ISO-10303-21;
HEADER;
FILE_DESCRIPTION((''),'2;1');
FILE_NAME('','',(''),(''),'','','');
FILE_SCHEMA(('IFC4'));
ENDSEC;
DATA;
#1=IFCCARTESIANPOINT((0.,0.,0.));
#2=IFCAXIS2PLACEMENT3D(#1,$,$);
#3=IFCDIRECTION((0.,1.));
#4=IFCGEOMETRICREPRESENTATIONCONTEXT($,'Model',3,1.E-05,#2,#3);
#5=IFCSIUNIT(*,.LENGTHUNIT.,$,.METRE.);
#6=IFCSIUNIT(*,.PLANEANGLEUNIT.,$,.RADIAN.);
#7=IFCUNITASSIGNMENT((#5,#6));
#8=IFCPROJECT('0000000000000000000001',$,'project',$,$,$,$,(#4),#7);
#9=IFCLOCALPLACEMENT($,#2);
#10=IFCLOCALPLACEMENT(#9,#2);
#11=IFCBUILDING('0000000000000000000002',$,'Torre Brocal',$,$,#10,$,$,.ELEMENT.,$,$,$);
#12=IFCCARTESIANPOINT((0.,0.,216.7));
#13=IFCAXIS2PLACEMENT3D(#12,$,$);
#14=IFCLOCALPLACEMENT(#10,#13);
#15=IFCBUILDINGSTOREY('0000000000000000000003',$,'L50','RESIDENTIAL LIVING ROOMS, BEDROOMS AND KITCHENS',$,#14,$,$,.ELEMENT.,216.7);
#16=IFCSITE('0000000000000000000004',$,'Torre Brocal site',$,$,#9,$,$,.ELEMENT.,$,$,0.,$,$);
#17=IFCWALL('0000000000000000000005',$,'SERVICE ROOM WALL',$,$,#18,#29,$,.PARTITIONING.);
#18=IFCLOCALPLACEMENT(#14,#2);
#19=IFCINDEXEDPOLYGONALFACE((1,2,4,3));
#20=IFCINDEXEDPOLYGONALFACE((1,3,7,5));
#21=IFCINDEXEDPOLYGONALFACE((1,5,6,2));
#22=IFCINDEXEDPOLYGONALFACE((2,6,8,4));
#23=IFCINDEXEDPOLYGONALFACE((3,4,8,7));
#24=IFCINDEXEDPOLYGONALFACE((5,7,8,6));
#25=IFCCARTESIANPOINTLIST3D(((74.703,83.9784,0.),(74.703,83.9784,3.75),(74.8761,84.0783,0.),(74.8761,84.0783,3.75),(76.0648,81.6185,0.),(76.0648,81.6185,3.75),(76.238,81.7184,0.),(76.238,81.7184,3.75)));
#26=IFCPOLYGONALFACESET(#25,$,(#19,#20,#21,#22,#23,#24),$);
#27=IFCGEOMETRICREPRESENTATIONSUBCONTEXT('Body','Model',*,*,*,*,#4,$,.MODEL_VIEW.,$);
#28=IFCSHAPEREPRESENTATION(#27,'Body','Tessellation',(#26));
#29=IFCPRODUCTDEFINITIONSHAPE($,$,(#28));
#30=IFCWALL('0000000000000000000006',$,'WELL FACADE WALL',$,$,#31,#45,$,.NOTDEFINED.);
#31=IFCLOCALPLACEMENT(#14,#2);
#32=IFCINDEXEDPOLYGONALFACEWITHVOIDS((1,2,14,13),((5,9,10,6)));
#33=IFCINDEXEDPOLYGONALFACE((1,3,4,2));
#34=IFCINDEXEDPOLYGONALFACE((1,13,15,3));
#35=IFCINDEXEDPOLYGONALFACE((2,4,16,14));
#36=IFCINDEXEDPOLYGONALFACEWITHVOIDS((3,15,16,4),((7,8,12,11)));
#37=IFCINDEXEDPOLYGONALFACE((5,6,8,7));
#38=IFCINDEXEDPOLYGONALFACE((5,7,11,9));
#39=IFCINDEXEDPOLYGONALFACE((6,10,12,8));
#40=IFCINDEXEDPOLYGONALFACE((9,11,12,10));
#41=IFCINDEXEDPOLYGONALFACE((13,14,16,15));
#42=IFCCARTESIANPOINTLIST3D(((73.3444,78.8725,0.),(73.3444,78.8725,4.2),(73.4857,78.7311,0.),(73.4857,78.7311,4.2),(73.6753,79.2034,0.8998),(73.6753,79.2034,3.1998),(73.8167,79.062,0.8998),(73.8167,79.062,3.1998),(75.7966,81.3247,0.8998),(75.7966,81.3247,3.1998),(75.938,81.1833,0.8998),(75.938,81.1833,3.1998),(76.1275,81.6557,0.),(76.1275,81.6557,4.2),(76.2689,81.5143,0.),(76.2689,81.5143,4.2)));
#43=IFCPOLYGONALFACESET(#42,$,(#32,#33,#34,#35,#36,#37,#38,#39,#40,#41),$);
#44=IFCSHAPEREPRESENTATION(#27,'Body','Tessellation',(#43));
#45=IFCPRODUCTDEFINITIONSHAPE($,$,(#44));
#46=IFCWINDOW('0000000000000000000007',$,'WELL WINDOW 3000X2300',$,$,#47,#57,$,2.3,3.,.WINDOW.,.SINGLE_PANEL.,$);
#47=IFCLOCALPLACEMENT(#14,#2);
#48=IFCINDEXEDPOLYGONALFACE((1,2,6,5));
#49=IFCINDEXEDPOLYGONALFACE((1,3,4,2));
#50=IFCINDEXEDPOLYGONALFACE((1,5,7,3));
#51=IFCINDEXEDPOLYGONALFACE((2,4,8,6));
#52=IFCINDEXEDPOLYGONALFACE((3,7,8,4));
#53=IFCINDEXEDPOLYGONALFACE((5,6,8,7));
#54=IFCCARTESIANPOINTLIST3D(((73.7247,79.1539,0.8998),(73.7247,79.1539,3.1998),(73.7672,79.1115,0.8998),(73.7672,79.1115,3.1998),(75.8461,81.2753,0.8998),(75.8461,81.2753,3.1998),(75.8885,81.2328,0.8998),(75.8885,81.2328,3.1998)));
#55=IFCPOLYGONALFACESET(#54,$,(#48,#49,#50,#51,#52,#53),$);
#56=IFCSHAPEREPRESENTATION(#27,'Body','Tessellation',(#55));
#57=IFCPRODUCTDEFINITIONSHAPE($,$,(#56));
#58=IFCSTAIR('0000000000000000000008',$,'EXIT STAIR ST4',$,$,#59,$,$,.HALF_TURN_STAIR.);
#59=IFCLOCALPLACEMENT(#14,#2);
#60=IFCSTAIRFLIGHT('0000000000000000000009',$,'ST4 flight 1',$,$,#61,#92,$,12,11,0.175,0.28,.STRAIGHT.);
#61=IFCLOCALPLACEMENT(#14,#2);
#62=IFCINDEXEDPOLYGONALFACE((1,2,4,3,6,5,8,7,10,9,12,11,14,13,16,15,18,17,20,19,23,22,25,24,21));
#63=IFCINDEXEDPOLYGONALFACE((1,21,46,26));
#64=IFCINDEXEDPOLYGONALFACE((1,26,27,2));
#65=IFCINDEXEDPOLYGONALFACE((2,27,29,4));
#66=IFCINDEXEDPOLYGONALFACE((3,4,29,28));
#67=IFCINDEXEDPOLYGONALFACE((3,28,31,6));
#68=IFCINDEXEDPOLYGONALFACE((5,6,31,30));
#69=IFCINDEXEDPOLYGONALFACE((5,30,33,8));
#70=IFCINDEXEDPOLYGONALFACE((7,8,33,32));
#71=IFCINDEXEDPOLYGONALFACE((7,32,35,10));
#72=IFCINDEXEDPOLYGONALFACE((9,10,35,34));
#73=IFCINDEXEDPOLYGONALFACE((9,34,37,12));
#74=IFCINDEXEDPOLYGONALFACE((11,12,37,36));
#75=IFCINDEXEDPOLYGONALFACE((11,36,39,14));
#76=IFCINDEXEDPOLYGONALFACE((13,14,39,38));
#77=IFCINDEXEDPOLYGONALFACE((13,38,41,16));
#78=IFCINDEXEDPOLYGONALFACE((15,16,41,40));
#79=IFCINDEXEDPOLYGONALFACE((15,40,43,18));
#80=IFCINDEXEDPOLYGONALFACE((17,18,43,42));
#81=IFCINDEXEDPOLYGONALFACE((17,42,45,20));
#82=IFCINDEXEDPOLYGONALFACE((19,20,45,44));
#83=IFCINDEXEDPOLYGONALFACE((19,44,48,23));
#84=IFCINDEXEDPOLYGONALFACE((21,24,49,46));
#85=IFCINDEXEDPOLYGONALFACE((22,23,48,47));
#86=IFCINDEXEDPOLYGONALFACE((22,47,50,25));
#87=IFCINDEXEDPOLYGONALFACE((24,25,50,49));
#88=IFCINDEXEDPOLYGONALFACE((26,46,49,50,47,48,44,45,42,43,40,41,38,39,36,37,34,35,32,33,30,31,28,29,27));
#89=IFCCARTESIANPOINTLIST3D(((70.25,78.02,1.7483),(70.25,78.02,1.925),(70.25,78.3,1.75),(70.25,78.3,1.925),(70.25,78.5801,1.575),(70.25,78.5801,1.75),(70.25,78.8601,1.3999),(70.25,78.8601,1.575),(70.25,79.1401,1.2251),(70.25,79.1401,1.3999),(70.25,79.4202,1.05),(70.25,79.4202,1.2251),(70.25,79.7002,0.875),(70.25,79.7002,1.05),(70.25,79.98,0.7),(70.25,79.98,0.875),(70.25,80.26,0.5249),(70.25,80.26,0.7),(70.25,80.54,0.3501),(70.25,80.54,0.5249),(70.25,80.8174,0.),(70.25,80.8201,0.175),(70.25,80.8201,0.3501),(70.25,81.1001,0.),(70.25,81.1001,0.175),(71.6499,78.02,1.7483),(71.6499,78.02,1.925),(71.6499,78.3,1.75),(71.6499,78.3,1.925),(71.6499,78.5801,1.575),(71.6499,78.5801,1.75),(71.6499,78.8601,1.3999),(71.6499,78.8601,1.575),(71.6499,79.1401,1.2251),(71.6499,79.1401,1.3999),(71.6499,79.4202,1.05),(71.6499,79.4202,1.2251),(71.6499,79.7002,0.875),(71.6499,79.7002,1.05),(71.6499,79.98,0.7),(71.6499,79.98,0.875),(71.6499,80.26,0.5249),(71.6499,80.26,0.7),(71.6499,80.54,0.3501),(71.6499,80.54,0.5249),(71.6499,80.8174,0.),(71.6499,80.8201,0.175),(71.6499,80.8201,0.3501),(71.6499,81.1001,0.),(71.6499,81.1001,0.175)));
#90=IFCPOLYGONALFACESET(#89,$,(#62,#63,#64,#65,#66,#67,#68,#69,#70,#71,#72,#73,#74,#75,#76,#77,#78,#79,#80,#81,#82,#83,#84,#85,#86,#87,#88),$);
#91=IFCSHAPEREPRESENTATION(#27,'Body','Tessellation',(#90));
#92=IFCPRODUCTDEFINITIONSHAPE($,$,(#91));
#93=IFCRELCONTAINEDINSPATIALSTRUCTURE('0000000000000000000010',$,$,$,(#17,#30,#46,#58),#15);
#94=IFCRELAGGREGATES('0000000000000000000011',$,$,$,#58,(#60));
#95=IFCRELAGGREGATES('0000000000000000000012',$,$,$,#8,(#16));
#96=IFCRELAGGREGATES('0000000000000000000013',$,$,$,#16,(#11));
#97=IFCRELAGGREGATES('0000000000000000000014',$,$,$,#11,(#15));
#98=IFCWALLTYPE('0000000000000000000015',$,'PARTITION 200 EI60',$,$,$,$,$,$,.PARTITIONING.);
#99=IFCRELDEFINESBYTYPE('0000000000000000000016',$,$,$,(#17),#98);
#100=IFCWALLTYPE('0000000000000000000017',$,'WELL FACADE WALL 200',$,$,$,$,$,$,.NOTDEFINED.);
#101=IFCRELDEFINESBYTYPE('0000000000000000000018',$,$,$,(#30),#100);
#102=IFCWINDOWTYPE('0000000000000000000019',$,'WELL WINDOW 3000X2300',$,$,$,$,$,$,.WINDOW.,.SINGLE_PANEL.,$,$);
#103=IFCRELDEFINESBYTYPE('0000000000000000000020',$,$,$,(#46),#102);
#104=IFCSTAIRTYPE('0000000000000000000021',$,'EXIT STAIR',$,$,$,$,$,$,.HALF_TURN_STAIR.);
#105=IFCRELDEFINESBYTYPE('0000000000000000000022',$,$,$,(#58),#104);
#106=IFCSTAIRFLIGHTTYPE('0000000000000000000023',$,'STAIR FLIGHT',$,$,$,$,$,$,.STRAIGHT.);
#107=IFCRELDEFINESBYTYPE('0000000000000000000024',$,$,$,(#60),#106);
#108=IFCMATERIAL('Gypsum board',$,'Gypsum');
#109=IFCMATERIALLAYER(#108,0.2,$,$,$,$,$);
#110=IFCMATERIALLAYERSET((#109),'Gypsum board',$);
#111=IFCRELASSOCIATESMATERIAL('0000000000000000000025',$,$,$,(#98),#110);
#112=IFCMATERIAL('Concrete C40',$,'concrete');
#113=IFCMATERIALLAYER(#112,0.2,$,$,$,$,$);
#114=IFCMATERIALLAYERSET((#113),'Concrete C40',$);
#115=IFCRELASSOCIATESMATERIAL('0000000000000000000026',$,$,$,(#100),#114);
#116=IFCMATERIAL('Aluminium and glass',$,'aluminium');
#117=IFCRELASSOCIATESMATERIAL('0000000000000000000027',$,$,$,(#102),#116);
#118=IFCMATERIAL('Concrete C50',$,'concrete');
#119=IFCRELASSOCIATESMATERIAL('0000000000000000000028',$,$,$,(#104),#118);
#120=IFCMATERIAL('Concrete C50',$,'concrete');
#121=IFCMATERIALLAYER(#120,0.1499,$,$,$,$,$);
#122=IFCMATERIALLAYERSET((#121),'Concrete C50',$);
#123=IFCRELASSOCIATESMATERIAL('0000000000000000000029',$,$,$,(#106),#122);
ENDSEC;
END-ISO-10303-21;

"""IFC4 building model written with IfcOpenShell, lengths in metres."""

from ifc_helpers import new_model, si_unit, direction, frame, frame_2d, origin, place, context, subcontext, project, spatial, polyline, rectangle, outline, extrude, material, layer, layer_set, type_object, element, fill, aggregate, save


model = new_model("IFC4")

# Units and contexts
model_context = context("Model", 3, precision=1e-05, world=origin(), true_north=direction((0.0, 1.0)))
body_context = subcontext(model_context, "Body", "Model", "MODEL_VIEW")
ifc_project = project(units=[si_unit("LENGTHUNIT", "METRE"), si_unit("PLANEANGLEUNIT", "RADIAN")], contexts=[model_context])

# Site, building, storey
site_placement = place(None, origin())
site = spatial("IfcSite", under=ifc_project, at=site_placement, Name="Torre Brocal site", CompositionType="ELEMENT", RefElevation=0.0)
building_placement = place(site_placement, origin())
building = spatial("IfcBuilding", under=site, at=building_placement, Name="Torre Brocal", CompositionType="ELEMENT")
storey_placement = place(building_placement, frame((0.0, 0.0, 216.7)))
storey = spatial("IfcBuildingStorey", under=building, at=storey_placement, Name="L50", Description="RESIDENTIAL LIVING ROOMS, BEDROOMS AND KITCHENS", CompositionType="ELEMENT", Elevation=216.7)

# Shared definitions
ifc_material_1 = material(Name="Gypsum board", Category="Gypsum")
ifc_layer_1 = layer(ifc_material_1, 0.2)
ifc_layer_set_1 = layer_set([ifc_layer_1], Name="Gypsum board")
wall_type_1 = type_object("IfcWallType", Name="PARTITION 200 EI60", PredefinedType="PARTITIONING", material=ifc_layer_set_1)

# Wall
wall_1_placement = place(storey_placement, frame((74.7896, 84.0283, 0.0), z_axis=(0.0, 0.0, 1.0), x_axis=(0.499821, -0.866129, 0.0)))
element("IfcWall", 1, at=wall_1_placement, inside=storey, type_object=wall_type_1, Name="SERVICE ROOM WALL", PredefinedType="PARTITIONING", context=body_context, shape_type="SweptSolid", body=[
    extrude(rectangle(XDim=2.7246, YDim=0.2, at=frame_2d((1.3623, 0.0))), origin(), (0.0, 0.0, 1.0), 3.75),
])

# Wall, opening, window
ifc_material_2 = material(Name="Concrete C40", Category="concrete")
ifc_layer_2 = layer(ifc_material_2, 0.2)
ifc_layer_set_2 = layer_set([ifc_layer_2], Name="Concrete C40")
wall_type_2 = type_object("IfcWallType", Name="WELL FACADE WALL 200", PredefinedType="NOTDEFINED", material=ifc_layer_set_2)
wall_2_placement = place(storey_placement, frame((76.1982, 81.585, 0.0), z_axis=(0.0, 0.0, 1.0), x_axis=(-0.707107, -0.707107, 0.0)))
wall_2 = element("IfcWall", 2, at=wall_2_placement, inside=storey, type_object=wall_type_2, Name="WELL FACADE WALL", PredefinedType="NOTDEFINED", context=body_context, shape_type="SweptSolid", body=[
    extrude(rectangle(XDim=3.936, YDim=0.2, at=frame_2d((1.968, 0.0))), origin(), (0.0, 0.0, 1.0), 4.2),
])
opening_1_placement = place(wall_2_placement, frame((0.468, 0.0, 0.8999)))
opening_1 = element("IfcOpeningElement", 3, at=opening_1_placement, cuts=wall_2, PredefinedType="OPENING", context=body_context, shape_type="SweptSolid", body=[
    extrude(rectangle(XDim=3.0, YDim=2.3, at=frame_2d((1.5, 1.1499))), frame((0.0, 0.1099, 0.0), z_axis=(0.0, -1.0, 0.0), x_axis=(1.0, 0.0, 0.0)), (0.0, 0.0, 1.0), 0.22),
])
ifc_material_3 = material(Name="Aluminium and glass", Category="aluminium")
window_type = type_object("IfcWindowType", Name="WELL WINDOW 3000X2300", PartitioningType="SINGLE_PANEL", PredefinedType="WINDOW", material=ifc_material_3)
window_placement = place(opening_1_placement, origin())
window = element("IfcWindow", 4, at=window_placement, inside=storey, type_object=window_type, Name="WELL WINDOW 3000X2300", OverallHeight=2.3, OverallWidth=3.0, PartitioningType="SINGLE_PANEL", PredefinedType="WINDOW", context=body_context, shape_type="SweptSolid", body=[
    extrude(rectangle(XDim=3.0, YDim=2.3, at=frame_2d((1.5, 1.1499))), frame((0.0, 0.03, 0.0), z_axis=(0.0, -1.0, 0.0), x_axis=(1.0, 0.0, 0.0)), (0.0, 0.0, 1.0), 0.0601),
])
fill(opening_1, window)

# Stair, stair flight
ifc_material_4 = material(Name="Concrete C50", Category="concrete")
stair_type = type_object("IfcStairType", Name="EXIT STAIR", PredefinedType="HALF_TURN_STAIR", material=ifc_material_4)
stair_placement = place(storey_placement, origin())
stair = element("IfcStair", 5, at=stair_placement, inside=storey, type_object=stair_type, Name="EXIT STAIR ST4", PredefinedType="HALF_TURN_STAIR")
ifc_material_5 = material(Name="Concrete C50", Category="concrete")
ifc_layer_3 = layer(ifc_material_5, 0.1499)
ifc_layer_set_3 = layer_set([ifc_layer_3], Name="Concrete C50")
stair_flight_type = type_object("IfcStairFlightType", Name="STAIR FLIGHT", PredefinedType="STRAIGHT", material=ifc_layer_set_3)
stair_flight_placement = place(storey_placement, frame((70.95, 81.1001, 0.0), z_axis=(0.0, 0.0, 1.0), x_axis=(0.0, -1.0, 0.0)))
stair_flight = element("IfcStairFlight", 6, at=stair_flight_placement, type_object=stair_flight_type, Name="ST4 flight 1", NumberOfRisers=12, NumberOfTreads=11, PredefinedType="STRAIGHT", RiserHeight=0.175, TreadLength=0.28, context=body_context, shape_type="SweptSolid", body=[
    extrude(outline(polyline([(0.0, 0.0), (0.0, 0.175), (0.28, 0.175), (0.28, 0.3501), (0.5601, 0.3501), (0.5601, 0.5249), (0.8401, 0.5249), (0.8401, 0.7), (1.1201, 0.7), (1.1201, 0.875), (1.3999, 0.875), (1.3999, 1.05), (1.6799, 1.05), (1.6799, 1.2251), (1.96, 1.2251), (1.96, 1.3999), (2.24, 1.3999), (2.24, 1.575), (2.52, 1.575), (2.52, 1.75), (2.8, 1.75), (2.8, 1.925), (3.0801, 1.925), (3.0801, 2.1001), (3.0801, 1.7483), (0.2827, 0.0), (0.0, 0.0)])), frame((0.0, 0.7, 0.0), z_axis=(0.0, -1.0, 0.0), x_axis=(1.0, 0.0, 0.0)), (0.0, 0.0, 1.0), 1.3999),
])
aggregate(stair, [stair_flight])

save(model, "model.ifc")
